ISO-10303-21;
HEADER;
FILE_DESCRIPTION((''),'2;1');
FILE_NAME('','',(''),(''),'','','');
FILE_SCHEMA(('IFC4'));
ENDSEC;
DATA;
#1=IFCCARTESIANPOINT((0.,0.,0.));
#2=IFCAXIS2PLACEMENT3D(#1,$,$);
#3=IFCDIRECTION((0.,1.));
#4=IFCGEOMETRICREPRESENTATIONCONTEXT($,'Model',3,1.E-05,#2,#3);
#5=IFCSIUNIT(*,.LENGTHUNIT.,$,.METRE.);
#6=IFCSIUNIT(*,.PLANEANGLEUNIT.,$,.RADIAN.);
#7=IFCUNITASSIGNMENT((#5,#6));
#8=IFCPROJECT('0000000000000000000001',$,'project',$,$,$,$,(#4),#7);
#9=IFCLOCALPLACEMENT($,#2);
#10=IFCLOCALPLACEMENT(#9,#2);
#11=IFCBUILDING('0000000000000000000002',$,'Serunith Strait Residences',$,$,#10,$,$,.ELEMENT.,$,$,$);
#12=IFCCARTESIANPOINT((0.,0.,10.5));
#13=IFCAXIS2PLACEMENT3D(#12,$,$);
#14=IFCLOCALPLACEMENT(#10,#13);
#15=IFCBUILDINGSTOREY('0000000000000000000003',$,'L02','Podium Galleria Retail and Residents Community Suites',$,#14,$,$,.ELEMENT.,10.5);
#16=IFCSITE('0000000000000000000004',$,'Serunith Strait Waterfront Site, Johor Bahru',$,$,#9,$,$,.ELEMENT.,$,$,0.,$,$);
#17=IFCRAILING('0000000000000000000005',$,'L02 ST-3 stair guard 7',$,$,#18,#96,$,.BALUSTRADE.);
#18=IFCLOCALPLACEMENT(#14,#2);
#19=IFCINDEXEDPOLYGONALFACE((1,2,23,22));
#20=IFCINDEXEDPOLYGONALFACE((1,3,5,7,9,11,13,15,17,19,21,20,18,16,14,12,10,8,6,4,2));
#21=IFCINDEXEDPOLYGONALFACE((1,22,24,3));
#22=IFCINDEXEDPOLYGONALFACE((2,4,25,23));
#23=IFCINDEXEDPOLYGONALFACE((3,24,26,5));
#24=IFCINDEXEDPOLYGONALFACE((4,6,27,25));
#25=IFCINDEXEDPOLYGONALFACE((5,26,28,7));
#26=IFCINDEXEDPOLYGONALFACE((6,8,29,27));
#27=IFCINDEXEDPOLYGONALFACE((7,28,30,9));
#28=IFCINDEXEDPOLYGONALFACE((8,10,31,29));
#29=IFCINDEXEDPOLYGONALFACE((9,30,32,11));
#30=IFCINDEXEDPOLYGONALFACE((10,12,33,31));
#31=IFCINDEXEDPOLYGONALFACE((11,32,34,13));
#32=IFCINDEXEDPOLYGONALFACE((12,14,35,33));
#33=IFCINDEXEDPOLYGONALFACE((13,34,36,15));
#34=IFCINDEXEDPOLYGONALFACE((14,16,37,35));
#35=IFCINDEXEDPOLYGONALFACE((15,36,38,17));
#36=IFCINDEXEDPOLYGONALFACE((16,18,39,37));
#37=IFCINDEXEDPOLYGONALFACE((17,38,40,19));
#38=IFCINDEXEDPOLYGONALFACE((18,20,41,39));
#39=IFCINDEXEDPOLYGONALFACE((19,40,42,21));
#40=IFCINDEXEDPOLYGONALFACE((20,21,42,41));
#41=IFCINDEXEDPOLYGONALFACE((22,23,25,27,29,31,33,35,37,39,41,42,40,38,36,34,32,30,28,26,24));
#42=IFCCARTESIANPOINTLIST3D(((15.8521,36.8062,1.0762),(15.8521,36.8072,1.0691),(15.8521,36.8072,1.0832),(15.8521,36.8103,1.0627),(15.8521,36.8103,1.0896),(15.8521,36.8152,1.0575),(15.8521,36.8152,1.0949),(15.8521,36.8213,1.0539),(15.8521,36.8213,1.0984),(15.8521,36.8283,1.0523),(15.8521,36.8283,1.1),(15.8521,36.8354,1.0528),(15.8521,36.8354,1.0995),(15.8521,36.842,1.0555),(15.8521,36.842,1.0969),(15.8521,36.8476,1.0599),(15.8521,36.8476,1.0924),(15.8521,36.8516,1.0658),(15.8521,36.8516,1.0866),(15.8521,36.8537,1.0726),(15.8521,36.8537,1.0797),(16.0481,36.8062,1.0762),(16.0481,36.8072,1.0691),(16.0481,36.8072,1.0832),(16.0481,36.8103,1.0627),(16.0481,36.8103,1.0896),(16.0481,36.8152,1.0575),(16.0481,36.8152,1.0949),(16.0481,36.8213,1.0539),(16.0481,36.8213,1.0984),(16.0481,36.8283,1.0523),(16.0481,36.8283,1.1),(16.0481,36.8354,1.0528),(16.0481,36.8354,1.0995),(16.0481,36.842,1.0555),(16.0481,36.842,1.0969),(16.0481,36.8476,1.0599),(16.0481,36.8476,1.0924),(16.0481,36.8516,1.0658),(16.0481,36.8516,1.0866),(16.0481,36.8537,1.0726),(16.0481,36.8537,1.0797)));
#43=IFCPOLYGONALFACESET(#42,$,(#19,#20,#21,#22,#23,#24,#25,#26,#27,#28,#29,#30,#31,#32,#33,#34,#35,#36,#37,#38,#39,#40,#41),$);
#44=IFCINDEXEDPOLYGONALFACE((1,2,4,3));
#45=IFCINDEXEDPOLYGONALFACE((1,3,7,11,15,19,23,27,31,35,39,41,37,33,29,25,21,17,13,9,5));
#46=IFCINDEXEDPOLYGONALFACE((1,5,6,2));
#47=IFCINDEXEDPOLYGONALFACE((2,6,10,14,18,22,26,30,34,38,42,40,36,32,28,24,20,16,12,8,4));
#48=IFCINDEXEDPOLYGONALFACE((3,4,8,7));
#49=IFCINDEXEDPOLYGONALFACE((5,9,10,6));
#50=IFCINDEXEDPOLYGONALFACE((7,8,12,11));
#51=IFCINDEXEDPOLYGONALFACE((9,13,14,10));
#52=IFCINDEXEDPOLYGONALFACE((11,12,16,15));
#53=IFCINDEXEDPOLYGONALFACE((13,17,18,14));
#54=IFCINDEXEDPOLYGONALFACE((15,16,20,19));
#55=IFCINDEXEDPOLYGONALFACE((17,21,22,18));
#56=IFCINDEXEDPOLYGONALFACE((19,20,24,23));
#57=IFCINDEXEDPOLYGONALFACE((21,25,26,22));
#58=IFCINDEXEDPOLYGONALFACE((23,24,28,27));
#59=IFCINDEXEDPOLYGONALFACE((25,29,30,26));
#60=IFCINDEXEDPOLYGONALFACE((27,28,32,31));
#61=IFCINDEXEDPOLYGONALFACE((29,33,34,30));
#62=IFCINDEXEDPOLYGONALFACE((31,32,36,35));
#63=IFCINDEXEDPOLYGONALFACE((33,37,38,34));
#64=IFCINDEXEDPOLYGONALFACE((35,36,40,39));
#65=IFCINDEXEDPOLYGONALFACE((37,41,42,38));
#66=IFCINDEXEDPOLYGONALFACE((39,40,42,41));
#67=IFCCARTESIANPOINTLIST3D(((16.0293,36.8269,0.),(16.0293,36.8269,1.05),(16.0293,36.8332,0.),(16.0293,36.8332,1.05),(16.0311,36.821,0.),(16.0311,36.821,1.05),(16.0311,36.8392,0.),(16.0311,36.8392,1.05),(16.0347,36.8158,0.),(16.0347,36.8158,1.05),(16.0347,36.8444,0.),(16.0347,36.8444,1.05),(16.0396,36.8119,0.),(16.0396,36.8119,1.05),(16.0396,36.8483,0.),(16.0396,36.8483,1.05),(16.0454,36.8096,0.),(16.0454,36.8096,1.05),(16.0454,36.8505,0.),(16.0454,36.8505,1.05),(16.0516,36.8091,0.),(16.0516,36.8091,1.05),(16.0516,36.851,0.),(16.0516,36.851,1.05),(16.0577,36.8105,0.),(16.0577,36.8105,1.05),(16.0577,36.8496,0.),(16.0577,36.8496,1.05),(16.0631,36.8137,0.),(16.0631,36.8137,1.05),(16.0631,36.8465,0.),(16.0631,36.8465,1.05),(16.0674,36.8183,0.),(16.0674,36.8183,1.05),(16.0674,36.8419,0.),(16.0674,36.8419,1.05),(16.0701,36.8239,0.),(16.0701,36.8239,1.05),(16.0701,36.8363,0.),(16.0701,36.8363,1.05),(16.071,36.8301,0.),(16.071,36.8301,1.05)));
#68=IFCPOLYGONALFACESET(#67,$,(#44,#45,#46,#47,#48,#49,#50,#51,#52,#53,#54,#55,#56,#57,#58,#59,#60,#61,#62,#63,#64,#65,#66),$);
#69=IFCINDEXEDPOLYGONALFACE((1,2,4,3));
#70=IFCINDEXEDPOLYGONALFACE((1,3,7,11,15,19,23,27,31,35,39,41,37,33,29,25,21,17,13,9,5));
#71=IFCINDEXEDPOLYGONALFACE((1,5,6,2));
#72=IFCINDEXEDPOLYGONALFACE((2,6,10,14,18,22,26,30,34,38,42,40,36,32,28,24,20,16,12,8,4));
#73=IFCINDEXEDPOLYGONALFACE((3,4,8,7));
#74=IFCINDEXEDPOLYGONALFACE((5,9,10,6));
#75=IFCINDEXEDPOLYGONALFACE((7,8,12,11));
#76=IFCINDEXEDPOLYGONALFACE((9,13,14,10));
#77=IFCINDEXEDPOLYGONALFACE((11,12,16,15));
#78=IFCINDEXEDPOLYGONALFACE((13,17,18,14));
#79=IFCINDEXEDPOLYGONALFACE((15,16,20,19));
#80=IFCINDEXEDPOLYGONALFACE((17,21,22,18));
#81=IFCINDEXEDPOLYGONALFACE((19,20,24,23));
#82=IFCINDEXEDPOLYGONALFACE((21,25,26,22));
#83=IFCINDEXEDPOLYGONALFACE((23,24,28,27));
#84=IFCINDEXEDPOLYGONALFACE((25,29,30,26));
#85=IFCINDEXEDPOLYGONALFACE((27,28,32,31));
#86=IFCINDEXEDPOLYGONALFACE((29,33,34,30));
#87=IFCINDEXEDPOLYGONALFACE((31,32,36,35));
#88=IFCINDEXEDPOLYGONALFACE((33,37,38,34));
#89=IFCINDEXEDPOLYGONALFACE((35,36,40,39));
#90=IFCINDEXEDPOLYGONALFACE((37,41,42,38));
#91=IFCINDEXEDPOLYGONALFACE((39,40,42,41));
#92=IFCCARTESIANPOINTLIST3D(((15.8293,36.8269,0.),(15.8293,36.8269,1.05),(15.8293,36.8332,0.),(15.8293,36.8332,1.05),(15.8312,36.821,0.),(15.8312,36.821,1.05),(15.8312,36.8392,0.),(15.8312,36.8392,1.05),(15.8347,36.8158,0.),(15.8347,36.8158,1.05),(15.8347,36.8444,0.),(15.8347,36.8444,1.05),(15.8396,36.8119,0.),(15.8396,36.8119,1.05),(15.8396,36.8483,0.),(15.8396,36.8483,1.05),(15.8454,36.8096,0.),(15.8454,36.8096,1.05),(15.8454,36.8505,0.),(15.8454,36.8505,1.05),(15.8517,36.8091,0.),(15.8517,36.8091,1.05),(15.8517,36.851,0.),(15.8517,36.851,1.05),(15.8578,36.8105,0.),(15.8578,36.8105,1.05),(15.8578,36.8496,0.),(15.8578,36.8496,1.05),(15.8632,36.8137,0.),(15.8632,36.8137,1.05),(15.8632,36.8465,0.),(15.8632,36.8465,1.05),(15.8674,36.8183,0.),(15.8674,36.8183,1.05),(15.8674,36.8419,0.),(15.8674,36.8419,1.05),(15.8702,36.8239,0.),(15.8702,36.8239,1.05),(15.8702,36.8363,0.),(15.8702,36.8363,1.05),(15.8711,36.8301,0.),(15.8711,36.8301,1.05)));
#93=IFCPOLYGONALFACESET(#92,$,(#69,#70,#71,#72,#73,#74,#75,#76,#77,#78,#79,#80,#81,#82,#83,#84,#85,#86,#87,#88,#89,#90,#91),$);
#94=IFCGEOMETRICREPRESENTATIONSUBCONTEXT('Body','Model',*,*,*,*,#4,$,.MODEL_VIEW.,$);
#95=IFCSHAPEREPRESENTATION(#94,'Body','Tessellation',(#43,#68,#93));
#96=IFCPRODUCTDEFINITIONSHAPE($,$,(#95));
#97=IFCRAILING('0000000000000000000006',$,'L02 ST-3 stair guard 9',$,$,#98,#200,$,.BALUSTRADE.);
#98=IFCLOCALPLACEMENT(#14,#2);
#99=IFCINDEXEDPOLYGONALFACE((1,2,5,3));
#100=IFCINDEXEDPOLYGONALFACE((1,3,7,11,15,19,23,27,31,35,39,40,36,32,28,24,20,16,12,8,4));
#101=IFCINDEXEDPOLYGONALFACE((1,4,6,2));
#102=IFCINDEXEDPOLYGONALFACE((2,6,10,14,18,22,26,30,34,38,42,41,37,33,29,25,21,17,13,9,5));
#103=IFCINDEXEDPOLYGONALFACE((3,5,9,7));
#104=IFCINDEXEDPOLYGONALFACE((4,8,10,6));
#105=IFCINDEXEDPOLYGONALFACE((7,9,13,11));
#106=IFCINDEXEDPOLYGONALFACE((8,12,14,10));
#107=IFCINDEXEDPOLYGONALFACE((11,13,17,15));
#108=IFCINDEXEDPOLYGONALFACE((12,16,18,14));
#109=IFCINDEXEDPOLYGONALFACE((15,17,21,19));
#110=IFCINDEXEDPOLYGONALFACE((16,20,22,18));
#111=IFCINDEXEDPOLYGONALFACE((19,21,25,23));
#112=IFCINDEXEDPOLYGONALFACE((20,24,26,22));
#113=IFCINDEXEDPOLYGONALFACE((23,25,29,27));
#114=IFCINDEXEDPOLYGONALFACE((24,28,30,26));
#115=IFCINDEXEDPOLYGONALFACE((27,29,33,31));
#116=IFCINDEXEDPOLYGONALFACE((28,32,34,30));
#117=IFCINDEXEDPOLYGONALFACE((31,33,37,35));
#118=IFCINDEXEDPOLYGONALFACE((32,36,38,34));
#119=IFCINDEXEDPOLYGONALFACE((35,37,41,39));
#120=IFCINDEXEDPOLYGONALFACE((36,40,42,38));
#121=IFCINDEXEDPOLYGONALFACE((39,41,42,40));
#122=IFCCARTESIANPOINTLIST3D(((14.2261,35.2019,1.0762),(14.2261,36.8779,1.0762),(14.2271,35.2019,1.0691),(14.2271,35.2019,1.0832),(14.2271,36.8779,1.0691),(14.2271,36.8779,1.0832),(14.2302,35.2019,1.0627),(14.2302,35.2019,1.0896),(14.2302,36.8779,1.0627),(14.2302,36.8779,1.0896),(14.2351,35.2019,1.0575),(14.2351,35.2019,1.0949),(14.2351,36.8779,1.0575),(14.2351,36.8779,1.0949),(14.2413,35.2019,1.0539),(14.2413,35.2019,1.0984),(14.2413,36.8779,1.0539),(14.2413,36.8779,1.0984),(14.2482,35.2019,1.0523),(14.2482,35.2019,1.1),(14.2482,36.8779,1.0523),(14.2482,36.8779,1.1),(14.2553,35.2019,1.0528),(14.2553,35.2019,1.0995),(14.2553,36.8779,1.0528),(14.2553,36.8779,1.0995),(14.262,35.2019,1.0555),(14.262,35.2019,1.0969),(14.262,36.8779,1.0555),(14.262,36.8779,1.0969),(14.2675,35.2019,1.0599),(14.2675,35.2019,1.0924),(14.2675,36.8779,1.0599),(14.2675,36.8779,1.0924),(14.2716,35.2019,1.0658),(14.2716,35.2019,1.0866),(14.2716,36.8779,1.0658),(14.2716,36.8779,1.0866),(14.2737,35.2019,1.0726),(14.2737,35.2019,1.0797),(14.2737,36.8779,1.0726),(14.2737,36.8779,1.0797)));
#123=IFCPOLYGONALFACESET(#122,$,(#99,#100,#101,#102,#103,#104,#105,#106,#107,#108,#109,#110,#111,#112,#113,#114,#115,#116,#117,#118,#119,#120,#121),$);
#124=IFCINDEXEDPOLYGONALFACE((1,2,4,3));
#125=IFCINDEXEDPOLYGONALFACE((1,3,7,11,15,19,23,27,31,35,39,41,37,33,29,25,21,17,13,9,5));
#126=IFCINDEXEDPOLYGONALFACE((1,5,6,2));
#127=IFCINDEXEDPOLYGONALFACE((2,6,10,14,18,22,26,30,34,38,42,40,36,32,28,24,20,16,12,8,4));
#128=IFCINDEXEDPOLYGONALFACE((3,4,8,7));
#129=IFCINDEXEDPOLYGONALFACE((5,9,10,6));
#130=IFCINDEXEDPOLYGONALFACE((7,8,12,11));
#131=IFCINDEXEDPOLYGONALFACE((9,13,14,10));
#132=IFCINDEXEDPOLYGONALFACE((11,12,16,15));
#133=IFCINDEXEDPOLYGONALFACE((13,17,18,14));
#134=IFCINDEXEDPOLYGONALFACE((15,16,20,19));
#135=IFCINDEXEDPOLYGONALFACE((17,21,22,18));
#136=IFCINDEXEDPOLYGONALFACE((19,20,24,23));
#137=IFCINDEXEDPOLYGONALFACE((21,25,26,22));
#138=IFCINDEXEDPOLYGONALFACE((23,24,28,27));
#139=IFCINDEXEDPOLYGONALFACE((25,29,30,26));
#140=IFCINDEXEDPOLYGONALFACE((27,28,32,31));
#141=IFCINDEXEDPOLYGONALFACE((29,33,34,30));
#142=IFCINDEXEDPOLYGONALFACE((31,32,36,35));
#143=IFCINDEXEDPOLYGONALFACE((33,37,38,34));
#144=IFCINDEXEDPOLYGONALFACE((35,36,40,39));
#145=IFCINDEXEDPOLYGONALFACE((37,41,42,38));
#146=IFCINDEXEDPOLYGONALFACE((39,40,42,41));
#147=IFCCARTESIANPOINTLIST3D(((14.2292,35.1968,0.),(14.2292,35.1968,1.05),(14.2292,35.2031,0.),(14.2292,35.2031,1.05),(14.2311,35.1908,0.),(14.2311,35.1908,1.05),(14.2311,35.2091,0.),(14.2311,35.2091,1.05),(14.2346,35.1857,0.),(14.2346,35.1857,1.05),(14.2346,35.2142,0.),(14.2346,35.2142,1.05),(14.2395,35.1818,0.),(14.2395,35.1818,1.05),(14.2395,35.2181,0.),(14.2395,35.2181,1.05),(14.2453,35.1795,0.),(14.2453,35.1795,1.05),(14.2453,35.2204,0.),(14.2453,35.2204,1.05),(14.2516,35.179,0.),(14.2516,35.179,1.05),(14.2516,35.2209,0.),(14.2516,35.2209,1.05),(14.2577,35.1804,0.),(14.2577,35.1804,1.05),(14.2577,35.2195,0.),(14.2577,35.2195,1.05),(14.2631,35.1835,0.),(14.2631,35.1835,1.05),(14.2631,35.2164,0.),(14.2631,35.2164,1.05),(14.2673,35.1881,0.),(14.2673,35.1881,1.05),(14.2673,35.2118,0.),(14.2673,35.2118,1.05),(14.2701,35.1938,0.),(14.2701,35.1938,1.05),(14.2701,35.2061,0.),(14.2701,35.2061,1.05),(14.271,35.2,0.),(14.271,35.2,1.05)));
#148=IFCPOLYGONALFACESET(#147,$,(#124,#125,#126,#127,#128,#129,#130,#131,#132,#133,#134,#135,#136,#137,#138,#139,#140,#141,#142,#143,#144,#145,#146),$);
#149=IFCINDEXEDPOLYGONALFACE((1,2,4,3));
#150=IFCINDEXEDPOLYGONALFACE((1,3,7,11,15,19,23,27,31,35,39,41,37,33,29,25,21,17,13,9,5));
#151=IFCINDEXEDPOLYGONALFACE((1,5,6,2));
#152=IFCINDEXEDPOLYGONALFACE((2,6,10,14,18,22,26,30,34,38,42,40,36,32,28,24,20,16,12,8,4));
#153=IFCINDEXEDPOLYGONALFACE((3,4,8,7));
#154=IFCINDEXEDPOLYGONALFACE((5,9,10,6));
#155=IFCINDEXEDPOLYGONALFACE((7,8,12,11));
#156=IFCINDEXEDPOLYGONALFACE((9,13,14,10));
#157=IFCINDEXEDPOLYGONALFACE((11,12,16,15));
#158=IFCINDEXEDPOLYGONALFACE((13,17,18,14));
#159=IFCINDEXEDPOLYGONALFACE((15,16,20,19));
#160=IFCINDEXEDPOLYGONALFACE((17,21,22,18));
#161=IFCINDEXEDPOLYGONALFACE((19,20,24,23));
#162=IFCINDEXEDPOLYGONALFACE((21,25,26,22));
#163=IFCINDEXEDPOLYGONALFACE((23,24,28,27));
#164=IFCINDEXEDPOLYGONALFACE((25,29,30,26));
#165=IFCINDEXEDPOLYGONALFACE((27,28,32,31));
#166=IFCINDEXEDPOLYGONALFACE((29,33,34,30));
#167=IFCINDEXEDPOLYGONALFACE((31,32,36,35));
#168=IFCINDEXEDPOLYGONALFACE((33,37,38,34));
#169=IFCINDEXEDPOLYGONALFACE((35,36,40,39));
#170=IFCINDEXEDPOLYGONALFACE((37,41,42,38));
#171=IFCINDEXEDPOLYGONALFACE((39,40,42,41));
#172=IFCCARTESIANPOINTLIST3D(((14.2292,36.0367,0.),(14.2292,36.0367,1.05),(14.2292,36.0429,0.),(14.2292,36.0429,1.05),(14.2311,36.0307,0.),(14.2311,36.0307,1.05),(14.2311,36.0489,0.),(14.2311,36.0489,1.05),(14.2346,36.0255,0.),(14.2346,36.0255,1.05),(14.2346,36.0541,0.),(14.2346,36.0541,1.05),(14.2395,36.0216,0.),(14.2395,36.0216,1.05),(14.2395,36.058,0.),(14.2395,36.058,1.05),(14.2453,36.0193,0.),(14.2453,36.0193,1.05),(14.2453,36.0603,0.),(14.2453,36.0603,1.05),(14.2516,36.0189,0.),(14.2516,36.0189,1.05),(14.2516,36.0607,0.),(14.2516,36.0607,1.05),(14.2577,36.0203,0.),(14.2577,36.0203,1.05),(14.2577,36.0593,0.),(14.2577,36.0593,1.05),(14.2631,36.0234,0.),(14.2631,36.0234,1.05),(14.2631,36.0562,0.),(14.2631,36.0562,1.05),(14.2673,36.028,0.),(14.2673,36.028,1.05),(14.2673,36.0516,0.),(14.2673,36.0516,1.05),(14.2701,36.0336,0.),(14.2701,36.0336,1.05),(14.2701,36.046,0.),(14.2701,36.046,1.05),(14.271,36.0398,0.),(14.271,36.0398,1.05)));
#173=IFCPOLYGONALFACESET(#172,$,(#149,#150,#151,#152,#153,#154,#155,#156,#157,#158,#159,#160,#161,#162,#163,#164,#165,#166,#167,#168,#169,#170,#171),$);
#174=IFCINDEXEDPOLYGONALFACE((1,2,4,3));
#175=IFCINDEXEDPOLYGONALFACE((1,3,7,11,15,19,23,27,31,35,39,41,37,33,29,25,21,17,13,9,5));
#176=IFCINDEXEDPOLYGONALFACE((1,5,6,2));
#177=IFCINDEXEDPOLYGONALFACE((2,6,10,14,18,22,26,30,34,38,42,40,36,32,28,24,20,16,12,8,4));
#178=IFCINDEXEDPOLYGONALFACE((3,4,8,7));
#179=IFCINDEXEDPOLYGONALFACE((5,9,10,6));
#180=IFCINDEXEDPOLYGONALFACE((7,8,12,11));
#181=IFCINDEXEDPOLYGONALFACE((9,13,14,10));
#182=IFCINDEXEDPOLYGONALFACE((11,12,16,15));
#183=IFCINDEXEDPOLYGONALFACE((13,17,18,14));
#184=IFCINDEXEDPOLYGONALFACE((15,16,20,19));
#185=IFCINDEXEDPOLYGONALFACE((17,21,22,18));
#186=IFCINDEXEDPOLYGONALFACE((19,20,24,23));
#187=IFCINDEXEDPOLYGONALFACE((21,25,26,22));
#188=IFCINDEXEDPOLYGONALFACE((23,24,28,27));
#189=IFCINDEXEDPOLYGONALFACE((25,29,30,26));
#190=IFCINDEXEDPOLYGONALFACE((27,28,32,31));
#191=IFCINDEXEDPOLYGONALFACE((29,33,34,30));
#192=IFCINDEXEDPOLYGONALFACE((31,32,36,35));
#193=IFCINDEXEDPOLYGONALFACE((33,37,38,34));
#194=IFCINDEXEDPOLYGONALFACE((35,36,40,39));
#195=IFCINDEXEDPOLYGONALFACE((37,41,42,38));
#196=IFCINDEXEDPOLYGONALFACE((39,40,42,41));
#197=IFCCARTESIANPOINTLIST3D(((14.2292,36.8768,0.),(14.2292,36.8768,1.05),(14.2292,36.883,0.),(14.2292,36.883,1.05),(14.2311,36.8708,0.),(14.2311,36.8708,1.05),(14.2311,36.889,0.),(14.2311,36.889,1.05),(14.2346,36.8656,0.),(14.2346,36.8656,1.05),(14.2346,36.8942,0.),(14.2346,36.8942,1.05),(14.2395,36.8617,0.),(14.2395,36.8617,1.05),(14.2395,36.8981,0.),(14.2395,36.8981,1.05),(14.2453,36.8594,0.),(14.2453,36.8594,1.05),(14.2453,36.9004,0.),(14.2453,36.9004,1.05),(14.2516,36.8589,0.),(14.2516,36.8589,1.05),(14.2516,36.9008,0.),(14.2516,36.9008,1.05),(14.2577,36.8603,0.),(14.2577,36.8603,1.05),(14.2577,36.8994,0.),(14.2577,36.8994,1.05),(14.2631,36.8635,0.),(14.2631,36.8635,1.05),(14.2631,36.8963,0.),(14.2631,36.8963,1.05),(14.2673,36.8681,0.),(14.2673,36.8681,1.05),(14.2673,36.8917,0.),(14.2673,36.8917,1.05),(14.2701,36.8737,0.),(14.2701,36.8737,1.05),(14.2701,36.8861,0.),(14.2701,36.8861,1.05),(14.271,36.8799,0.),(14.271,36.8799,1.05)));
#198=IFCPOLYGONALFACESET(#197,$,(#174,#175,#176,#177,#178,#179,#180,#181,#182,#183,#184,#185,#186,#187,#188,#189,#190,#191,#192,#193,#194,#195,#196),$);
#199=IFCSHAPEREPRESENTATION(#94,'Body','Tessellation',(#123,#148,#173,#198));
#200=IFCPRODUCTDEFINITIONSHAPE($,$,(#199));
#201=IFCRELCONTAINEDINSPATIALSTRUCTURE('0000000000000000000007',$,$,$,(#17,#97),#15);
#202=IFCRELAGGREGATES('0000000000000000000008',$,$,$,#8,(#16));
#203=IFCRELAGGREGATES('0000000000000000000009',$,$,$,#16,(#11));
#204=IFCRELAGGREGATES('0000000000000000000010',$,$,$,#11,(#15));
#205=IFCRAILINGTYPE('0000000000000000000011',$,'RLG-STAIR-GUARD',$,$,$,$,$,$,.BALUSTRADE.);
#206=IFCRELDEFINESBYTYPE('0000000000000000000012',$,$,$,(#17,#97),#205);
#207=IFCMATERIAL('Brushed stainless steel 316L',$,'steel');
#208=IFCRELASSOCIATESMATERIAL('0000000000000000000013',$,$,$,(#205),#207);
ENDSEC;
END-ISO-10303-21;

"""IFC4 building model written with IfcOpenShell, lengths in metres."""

from ifc_helpers import new_model, si_unit, direction, frame, origin, origin_2d, place, context, subcontext, project, spatial, circle, extrude, material, type_object, element, save


model = new_model("IFC4")

# Units and contexts
model_context = context("Model", 3, precision=1e-05, world=origin(), true_north=direction((0.0, 1.0)))
body_context = subcontext(model_context, "Body", "Model", "MODEL_VIEW")
ifc_project = project(units=[si_unit("LENGTHUNIT", "METRE"), si_unit("PLANEANGLEUNIT", "RADIAN")], contexts=[model_context])

# Site, building, storey
site_placement = place(None, origin())
site = spatial("IfcSite", under=ifc_project, at=site_placement, Name="Serunith Strait Waterfront Site, Johor Bahru", CompositionType="ELEMENT", RefElevation=0.0)
building_placement = place(site_placement, origin())
building = spatial("IfcBuilding", under=site, at=building_placement, Name="Serunith Strait Residences", CompositionType="ELEMENT")
storey_placement = place(building_placement, frame((0.0, 0.0, 10.5)))
storey = spatial("IfcBuildingStorey", under=building, at=storey_placement, Name="L02", Description="Podium Galleria Retail and Residents Community Suites", CompositionType="ELEMENT", Elevation=10.5)

# Railings
ifc_material_1 = material(Name="Brushed stainless steel 316L", Category="steel")
railing_type_1 = type_object("IfcRailingType", Name="RLG-STAIR-GUARD", PredefinedType="BALUSTRADE", material=ifc_material_1)
railing_1_placement = place(storey_placement, frame((16.05, 36.8301, 0.0)))
element("IfcRailing", 1, at=railing_1_placement, inside=storey, type_object=railing_type_1, Name="L02 ST-3 stair guard 7", PredefinedType="BALUSTRADE", context=body_context, shape_type="SweptSolid", body=[
    extrude(circle(Radius=0.0239, at=origin_2d()), frame((-0.002, 0.0, 1.0762), z_axis=(-1.0, 0.0, 0.0), x_axis=(0.0, -1.0, 0.0)), (0.0, 0.0, 1.0), 0.196),
    extrude(circle(Radius=0.021, at=origin_2d()), origin(), (0.0, 0.0, 1.0), 1.05),
    extrude(circle(Radius=0.021, at=origin_2d()), frame((-0.2, 0.0, 0.0)), (0.0, 0.0, 1.0), 1.05),
])
railing_2_placement = place(storey_placement, frame((14.25, 35.2, 0.0)))
element("IfcRailing", 2, at=railing_2_placement, inside=storey, type_object=railing_type_1, Name="L02 ST-3 stair guard 9", PredefinedType="BALUSTRADE", context=body_context, shape_type="SweptSolid", body=[
    extrude(circle(Radius=0.0239, at=origin_2d()), frame((0.0, 0.002, 1.0762), z_axis=(0.0, 1.0, 0.0), x_axis=(-1.0, 0.0, 0.0)), (0.0, 0.0, 1.0), 1.676),
    extrude(circle(Radius=0.021, at=origin_2d()), origin(), (0.0, 0.0, 1.0), 1.05),
    extrude(circle(Radius=0.021, at=origin_2d()), frame((0.0, 0.8398, 0.0)), (0.0, 0.0, 1.0), 1.05),
    extrude(circle(Radius=0.021, at=origin_2d()), frame((0.0, 1.6799, 0.0)), (0.0, 0.0, 1.0), 1.05),
])

save(model, "model.ifc")
